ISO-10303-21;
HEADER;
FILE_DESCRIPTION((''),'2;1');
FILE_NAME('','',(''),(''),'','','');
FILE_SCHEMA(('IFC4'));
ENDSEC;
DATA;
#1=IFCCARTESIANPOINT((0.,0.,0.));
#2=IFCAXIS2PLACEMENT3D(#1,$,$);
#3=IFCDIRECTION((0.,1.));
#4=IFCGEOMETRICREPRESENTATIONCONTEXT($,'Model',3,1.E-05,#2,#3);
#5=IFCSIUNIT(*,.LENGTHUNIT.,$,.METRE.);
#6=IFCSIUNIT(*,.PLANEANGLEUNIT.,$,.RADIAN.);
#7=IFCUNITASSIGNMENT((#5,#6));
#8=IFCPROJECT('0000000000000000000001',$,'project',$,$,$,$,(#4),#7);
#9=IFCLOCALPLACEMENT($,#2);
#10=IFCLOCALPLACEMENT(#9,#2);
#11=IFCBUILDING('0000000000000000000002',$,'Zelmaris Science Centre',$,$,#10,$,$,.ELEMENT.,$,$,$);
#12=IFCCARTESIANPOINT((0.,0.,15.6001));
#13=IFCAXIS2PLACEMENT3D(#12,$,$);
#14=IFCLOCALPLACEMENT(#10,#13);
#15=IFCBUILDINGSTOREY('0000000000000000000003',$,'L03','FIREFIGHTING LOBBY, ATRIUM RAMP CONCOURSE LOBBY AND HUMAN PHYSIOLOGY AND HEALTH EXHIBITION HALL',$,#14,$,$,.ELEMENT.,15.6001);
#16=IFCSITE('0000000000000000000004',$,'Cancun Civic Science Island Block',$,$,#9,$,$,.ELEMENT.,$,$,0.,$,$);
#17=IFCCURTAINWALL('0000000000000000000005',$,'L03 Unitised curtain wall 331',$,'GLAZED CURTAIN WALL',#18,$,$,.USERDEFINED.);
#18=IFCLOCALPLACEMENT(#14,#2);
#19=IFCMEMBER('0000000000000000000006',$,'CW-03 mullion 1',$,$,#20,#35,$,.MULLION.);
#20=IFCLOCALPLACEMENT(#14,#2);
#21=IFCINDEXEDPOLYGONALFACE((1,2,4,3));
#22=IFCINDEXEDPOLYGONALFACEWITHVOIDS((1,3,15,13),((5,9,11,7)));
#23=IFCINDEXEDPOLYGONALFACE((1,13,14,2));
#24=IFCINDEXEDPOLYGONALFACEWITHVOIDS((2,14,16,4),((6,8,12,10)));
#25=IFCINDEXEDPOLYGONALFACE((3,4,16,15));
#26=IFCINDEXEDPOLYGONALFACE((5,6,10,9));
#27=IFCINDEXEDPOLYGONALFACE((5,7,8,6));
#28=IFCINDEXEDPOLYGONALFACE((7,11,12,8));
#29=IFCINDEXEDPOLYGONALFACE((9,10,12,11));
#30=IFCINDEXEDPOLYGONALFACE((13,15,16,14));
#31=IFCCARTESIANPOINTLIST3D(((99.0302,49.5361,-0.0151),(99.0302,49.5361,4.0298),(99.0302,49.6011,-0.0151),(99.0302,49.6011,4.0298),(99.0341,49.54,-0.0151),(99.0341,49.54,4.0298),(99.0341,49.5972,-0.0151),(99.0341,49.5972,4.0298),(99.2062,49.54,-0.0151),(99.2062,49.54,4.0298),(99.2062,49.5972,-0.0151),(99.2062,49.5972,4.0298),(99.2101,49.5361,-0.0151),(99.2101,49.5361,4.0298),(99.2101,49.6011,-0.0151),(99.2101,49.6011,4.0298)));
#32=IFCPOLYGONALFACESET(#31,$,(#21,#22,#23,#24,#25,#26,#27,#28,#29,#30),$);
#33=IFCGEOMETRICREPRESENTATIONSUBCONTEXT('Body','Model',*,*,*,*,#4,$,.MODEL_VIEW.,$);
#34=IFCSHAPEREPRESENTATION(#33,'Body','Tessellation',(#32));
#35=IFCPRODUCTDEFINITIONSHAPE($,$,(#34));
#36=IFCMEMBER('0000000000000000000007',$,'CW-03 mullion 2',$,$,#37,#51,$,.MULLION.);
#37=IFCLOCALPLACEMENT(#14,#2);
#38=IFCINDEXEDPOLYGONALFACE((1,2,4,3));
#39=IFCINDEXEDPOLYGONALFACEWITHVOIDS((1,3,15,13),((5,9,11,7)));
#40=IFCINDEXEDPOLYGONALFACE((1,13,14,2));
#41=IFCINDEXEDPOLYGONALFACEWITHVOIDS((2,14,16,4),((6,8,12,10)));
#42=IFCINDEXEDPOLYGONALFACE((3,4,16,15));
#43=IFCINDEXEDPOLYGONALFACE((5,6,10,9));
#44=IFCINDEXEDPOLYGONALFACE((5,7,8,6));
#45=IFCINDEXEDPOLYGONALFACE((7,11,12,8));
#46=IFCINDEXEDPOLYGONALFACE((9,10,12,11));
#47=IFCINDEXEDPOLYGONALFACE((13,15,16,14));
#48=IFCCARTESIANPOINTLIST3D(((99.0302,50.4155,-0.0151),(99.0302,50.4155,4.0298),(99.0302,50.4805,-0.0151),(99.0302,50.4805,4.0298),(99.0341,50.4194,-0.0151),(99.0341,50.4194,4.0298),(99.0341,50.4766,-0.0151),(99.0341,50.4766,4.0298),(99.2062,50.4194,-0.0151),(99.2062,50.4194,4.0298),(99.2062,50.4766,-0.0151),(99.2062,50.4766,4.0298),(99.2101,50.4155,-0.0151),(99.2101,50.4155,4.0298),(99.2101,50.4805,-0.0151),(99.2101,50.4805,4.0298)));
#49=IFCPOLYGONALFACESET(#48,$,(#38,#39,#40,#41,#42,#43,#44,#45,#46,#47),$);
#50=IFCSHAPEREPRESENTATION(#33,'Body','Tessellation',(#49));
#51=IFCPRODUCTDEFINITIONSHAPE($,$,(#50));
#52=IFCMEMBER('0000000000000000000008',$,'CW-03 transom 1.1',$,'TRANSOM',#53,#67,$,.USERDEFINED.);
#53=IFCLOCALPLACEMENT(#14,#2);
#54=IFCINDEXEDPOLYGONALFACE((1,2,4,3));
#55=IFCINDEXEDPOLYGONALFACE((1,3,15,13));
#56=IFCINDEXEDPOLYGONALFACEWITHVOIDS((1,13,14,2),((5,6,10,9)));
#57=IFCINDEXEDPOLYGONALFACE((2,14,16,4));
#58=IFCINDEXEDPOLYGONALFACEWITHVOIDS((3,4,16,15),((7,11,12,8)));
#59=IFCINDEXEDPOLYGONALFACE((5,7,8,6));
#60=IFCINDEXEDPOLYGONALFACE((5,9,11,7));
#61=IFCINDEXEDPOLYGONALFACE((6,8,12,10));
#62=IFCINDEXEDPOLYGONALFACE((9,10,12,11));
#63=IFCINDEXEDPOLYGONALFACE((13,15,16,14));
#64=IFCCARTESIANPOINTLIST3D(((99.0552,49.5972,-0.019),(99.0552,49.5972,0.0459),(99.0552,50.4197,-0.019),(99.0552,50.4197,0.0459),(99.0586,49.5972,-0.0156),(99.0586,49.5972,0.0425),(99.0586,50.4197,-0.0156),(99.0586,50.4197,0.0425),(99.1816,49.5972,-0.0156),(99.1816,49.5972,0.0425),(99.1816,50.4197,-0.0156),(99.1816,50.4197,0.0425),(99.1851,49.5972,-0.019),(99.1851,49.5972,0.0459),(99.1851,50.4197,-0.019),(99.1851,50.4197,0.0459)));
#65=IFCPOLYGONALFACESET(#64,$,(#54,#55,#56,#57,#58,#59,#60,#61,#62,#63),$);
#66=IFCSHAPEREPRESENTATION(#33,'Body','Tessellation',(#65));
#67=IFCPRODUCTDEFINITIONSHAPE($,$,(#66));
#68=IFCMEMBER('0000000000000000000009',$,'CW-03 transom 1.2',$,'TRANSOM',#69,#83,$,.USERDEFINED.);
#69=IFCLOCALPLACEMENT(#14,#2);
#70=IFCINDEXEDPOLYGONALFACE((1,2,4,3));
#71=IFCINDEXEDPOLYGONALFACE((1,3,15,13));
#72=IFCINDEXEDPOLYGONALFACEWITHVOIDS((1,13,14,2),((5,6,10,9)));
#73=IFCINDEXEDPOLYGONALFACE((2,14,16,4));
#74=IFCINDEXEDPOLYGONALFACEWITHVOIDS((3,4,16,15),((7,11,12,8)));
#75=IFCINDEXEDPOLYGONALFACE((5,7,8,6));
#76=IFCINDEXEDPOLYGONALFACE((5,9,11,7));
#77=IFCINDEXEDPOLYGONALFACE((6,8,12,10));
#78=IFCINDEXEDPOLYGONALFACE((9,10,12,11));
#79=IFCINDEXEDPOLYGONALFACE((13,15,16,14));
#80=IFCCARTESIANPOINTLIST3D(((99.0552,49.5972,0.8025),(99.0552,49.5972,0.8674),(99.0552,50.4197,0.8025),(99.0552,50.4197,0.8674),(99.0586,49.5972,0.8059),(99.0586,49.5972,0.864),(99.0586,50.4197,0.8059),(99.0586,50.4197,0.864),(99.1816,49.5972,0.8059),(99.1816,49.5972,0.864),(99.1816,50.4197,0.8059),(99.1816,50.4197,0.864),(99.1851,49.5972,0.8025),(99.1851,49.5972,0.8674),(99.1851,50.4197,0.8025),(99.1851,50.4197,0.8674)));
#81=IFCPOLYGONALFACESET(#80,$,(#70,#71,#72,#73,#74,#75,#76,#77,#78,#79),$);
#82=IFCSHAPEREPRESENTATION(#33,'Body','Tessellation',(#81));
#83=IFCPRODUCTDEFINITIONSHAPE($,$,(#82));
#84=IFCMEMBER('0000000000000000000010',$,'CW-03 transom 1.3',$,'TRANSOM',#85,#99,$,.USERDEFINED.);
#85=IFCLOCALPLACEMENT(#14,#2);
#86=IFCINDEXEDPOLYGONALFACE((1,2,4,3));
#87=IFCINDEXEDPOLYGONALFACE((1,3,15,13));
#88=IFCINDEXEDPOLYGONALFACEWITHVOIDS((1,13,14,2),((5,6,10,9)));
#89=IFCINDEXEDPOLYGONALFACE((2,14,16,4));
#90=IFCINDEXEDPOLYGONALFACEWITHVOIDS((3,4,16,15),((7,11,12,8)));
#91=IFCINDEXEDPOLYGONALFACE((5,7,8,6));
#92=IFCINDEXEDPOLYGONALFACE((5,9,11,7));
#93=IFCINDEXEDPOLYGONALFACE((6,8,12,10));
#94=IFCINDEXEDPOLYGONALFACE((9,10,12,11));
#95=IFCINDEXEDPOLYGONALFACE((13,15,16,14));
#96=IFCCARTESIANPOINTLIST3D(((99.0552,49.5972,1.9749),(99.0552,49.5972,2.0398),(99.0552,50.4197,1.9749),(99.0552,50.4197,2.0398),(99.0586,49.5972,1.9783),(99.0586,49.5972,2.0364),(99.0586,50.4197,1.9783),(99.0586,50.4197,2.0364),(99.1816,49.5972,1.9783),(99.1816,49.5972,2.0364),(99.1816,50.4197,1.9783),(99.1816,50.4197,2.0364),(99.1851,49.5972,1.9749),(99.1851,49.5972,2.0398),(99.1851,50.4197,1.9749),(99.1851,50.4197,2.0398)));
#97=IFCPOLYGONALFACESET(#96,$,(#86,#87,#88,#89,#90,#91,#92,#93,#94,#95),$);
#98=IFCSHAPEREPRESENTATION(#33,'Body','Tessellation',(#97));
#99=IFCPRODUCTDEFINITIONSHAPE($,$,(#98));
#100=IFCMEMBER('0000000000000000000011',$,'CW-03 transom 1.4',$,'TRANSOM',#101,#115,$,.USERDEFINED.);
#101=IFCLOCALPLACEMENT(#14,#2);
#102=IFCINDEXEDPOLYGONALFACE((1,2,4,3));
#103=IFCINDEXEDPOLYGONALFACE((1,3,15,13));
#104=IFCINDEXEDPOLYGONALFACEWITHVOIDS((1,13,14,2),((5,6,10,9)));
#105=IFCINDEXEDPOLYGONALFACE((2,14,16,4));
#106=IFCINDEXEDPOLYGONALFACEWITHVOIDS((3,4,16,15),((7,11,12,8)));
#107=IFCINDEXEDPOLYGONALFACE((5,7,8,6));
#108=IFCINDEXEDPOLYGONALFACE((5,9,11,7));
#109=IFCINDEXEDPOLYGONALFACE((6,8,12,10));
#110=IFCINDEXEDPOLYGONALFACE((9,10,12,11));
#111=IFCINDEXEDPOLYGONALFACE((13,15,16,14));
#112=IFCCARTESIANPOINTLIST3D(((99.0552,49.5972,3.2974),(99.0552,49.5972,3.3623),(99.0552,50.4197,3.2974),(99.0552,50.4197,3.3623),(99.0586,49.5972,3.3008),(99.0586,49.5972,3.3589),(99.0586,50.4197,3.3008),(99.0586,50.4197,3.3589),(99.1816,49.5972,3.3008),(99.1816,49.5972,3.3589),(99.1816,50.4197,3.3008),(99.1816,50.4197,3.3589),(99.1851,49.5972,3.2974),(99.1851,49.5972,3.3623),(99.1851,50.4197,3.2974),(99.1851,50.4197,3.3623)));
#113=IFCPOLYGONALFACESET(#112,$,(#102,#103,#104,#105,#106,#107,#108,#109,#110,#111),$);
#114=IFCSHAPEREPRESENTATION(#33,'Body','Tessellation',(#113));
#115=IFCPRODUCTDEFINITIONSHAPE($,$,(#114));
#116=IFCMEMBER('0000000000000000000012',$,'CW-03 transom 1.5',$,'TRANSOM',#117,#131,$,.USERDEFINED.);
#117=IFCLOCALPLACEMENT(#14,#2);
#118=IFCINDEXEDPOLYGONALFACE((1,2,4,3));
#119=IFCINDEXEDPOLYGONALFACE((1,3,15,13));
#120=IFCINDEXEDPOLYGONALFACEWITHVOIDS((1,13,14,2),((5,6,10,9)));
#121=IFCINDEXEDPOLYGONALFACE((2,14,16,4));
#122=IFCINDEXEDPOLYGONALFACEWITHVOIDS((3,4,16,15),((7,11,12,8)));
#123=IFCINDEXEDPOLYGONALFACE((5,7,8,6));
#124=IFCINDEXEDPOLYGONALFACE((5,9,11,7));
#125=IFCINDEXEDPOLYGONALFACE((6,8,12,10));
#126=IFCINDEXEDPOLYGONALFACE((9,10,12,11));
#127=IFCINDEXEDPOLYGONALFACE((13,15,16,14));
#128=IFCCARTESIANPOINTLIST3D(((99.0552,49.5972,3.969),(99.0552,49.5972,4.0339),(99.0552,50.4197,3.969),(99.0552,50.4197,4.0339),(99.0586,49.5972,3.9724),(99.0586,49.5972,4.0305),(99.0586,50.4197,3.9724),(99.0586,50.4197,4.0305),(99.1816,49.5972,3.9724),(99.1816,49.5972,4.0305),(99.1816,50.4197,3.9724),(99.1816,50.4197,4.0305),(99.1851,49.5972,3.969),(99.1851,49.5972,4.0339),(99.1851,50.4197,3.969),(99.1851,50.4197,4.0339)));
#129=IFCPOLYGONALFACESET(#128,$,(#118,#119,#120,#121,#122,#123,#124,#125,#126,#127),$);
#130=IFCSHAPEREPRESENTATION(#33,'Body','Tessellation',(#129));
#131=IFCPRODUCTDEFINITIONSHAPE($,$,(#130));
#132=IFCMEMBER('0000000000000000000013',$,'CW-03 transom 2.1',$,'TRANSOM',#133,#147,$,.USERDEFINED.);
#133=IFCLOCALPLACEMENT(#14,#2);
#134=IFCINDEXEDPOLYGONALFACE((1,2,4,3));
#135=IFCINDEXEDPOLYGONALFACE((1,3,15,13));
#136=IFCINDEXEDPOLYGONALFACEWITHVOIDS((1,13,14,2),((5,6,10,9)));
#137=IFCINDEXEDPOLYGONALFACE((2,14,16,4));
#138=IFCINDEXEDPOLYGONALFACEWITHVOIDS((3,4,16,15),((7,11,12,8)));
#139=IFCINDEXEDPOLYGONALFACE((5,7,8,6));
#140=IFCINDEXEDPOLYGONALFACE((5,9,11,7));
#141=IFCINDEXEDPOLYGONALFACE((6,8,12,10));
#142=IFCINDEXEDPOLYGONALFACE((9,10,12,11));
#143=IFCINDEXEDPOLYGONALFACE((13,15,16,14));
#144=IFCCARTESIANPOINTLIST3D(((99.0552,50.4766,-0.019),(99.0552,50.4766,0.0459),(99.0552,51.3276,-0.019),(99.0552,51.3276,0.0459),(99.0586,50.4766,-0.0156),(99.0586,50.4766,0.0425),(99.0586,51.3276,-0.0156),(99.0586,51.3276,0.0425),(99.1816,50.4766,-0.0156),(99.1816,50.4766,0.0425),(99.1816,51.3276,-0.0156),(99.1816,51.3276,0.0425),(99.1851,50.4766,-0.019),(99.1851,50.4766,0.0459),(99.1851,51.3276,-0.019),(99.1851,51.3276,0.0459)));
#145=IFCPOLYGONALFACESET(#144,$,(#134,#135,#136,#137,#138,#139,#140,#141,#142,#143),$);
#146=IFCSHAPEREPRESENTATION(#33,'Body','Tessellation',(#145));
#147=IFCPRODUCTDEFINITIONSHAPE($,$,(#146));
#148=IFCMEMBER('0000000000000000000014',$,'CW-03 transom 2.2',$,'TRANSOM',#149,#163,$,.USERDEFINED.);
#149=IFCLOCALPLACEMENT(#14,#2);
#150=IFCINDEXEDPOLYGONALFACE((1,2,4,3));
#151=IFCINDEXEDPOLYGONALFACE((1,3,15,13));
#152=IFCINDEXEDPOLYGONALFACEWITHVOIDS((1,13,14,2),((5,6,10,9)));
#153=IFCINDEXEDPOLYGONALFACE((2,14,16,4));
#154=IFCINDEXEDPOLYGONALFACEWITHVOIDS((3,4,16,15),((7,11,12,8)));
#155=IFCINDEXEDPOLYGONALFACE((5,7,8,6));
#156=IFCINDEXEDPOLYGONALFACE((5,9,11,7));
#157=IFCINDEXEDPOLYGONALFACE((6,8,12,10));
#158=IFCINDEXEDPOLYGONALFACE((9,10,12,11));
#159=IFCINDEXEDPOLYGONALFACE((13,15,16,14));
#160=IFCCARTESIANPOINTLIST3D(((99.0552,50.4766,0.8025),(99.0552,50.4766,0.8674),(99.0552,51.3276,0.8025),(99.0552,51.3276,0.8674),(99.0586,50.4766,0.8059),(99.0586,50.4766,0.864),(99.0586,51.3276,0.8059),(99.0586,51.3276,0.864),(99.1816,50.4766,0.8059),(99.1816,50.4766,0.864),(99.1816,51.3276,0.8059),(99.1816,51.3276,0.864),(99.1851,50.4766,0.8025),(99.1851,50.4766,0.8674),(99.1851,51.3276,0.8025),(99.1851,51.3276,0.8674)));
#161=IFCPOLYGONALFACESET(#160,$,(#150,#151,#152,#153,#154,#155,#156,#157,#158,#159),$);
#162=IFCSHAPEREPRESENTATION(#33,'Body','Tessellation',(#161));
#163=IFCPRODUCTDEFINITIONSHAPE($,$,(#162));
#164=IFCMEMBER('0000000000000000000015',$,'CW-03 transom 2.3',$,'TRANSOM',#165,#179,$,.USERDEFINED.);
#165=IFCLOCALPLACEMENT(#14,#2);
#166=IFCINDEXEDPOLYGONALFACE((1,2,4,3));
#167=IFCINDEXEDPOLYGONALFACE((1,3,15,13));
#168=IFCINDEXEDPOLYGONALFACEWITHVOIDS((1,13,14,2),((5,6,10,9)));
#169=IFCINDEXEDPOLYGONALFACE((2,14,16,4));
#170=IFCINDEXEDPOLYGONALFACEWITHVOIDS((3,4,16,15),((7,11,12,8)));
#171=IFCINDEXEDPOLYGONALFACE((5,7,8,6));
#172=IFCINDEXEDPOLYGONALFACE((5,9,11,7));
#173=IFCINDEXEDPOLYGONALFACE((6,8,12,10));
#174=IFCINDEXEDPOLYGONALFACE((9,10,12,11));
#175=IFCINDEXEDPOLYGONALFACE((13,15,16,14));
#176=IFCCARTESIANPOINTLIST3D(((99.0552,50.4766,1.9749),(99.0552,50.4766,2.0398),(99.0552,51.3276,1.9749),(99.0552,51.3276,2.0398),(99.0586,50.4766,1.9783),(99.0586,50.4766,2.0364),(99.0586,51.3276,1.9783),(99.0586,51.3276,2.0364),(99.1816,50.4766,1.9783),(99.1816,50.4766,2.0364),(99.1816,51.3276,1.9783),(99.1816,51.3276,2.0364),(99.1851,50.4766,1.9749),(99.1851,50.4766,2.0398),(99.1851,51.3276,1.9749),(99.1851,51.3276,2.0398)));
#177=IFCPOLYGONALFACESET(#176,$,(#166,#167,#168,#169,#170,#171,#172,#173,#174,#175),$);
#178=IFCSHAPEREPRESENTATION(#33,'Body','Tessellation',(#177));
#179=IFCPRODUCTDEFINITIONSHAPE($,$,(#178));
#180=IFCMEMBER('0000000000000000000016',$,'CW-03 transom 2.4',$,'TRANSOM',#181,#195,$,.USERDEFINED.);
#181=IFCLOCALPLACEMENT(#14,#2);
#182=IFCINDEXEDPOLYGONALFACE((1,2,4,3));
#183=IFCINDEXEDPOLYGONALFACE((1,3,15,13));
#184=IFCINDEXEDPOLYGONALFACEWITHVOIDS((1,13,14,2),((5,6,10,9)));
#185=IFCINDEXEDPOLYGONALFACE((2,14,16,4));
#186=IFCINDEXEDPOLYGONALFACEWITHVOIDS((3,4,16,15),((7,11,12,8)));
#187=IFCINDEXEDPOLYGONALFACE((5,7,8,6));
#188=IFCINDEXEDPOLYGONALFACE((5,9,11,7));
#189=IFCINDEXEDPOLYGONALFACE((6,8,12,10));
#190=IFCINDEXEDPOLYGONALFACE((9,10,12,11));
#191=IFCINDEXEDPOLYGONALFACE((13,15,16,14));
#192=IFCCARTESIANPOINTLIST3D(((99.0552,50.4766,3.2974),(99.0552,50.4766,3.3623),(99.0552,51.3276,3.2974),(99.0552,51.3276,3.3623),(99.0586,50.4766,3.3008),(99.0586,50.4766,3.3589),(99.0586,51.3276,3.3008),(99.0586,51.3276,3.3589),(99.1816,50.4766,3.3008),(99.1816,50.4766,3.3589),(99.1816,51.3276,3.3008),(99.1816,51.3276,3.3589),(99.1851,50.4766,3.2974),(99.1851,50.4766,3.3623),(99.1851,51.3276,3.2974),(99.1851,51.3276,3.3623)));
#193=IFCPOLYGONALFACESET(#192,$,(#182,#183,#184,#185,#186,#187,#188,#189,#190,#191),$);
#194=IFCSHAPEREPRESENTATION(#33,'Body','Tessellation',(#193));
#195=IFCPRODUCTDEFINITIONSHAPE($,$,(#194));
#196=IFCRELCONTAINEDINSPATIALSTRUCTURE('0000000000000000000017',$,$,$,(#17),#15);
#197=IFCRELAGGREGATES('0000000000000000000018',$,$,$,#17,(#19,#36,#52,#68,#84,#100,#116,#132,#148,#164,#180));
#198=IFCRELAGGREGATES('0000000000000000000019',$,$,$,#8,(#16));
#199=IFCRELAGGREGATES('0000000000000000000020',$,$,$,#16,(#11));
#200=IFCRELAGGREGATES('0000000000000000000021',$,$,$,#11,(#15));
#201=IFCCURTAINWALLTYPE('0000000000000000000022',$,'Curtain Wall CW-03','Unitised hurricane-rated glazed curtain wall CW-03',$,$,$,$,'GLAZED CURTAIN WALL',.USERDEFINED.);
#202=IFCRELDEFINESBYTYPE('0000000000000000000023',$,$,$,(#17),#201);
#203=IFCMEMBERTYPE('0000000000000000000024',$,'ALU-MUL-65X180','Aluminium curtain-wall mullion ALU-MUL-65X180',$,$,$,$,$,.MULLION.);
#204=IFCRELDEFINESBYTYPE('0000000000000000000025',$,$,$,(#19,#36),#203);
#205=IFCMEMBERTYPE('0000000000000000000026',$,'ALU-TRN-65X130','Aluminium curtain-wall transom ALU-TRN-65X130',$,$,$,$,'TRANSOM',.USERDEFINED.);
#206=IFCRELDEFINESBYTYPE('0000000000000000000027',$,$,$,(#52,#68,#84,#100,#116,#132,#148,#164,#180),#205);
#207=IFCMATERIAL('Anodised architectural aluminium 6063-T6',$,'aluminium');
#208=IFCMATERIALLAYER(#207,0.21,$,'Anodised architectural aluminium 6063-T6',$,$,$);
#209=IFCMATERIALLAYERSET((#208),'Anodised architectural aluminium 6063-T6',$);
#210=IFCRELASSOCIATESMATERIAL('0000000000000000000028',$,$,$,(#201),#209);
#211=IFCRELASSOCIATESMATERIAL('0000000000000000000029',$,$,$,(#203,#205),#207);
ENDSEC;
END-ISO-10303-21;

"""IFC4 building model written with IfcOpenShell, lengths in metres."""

from ifc_helpers import new_model, si_unit, direction, frame, origin, origin_2d, place, context, subcontext, project, spatial, hollow_rectangle, extrude, material, layer, layer_set, material_profile, profile_set, type_object, element, aggregate, save


model = new_model("IFC4")

# Units and contexts
model_context = context("Model", 3, precision=1e-05, world=origin(), true_north=direction((0.0, 1.0)))
body_context = subcontext(model_context, "Body", "Model", "MODEL_VIEW")
ifc_project = project(units=[si_unit("LENGTHUNIT", "METRE"), si_unit("PLANEANGLEUNIT", "RADIAN")], contexts=[model_context])

# Site, building, storey
site_placement = place(None, origin())
site = spatial("IfcSite", under=ifc_project, at=site_placement, Name="Cancun Civic Science Island Block", CompositionType="ELEMENT", RefElevation=0.0)
building_placement = place(site_placement, origin())
building = spatial("IfcBuilding", under=site, at=building_placement, Name="Zelmaris Science Centre", CompositionType="ELEMENT")
storey_placement = place(building_placement, frame((0.0, 0.0, 15.6001)))
storey = spatial("IfcBuildingStorey", under=building, at=storey_placement, Name="L03", Description="FIREFIGHTING LOBBY, ATRIUM RAMP CONCOURSE LOBBY AND HUMAN PHYSIOLOGY AND HEALTH EXHIBITION HALL", CompositionType="ELEMENT", Elevation=15.6001)

# Curtain wall, members
ifc_material_1 = material(Name="Anodised architectural aluminium 6063-T6", Category="aluminium")
ifc_layer_1 = layer(ifc_material_1, 0.21, Name="Anodised architectural aluminium 6063-T6")
ifc_layer_set_1 = layer_set([ifc_layer_1], Name="Anodised architectural aluminium 6063-T6")
curtain_wall_type = type_object("IfcCurtainWallType", Name="Curtain Wall CW-03", Description="Unitised hurricane-rated glazed curtain wall CW-03", ElementType="GLAZED CURTAIN WALL", PredefinedType="USERDEFINED", material=ifc_layer_set_1)
curtain_wall_placement = place(storey_placement, origin())
curtain_wall = element("IfcCurtainWall", 1, at=curtain_wall_placement, inside=storey, type_object=curtain_wall_type, Name="L03 Unitised curtain wall 331", ObjectType="GLAZED CURTAIN WALL", PredefinedType="USERDEFINED")
ifc_material_profile_1 = material_profile(ifc_material_1, hollow_rectangle(XDim=0.0649, YDim=0.1799, WallThickness=0.0039, at=origin_2d()), Name="ALU-MUL-65X180")
ifc_profile_set_1 = profile_set([ifc_material_profile_1], Name="Anodised architectural aluminium 6063-T6")
member_type_1 = type_object("IfcMemberType", Name="ALU-MUL-65X180", Description="Aluminium curtain-wall mullion ALU-MUL-65X180", PredefinedType="MULLION", material=ifc_profile_set_1)
member_1_placement = place(storey_placement, frame((99.1201, 49.5686, -0.0151), z_axis=(0.0, 0.0, 1.0), x_axis=(-0.000005, 1.0, 0.0)))
member_1 = element("IfcMember", 2, at=member_1_placement, type_object=member_type_1, Name="CW-03 mullion 1", PredefinedType="MULLION", context=body_context, shape_type="SweptSolid", body=[
    extrude(hollow_rectangle(XDim=0.0649, YDim=0.1799, WallThickness=0.0039, at=origin_2d()), origin(), (0.0, 0.0, 1.0), 4.0449),
])
member_2_placement = place(storey_placement, frame((99.1201, 50.448, -0.0151), z_axis=(0.0, 0.0, 1.0), x_axis=(-0.000005, 1.0, 0.0)))
member_2 = element("IfcMember", 3, at=member_2_placement, type_object=member_type_1, Name="CW-03 mullion 2", PredefinedType="MULLION", context=body_context, shape_type="SweptSolid", body=[
    extrude(hollow_rectangle(XDim=0.0649, YDim=0.1799, WallThickness=0.0039, at=origin_2d()), origin(), (0.0, 0.0, 1.0), 4.0449),
])
ifc_material_profile_2 = material_profile(ifc_material_1, hollow_rectangle(XDim=0.0649, YDim=0.1299, WallThickness=0.0034, at=origin_2d()), Name="ALU-TRN-65X130")
ifc_profile_set_2 = profile_set([ifc_material_profile_2], Name="Anodised architectural aluminium 6063-T6")
member_type_2 = type_object("IfcMemberType", Name="ALU-TRN-65X130", Description="Aluminium curtain-wall transom ALU-TRN-65X130", ElementType="TRANSOM", PredefinedType="USERDEFINED", material=ifc_profile_set_2)
member_3_placement = place(storey_placement, frame((99.1201, 49.5972, 0.0134), z_axis=(0.0, 1.0, 0.0), x_axis=(0.0, 0.0, 1.0)))
member_3 = element("IfcMember", 4, at=member_3_placement, type_object=member_type_2, Name="CW-03 transom 1.1", ObjectType="TRANSOM", PredefinedType="USERDEFINED", context=body_context, shape_type="SweptSolid", body=[
    extrude(hollow_rectangle(XDim=0.0649, YDim=0.1299, WallThickness=0.0034, at=origin_2d()), origin(), (0.0, 0.0, 1.0), 0.8225),
])
member_4_placement = place(storey_placement, frame((99.1201, 49.5972, 0.835), z_axis=(0.0, 1.0, 0.0), x_axis=(0.0, 0.0, 1.0)))
member_4 = element("IfcMember", 5, at=member_4_placement, type_object=member_type_2, Name="CW-03 transom 1.2", ObjectType="TRANSOM", PredefinedType="USERDEFINED", context=body_context, shape_type="SweptSolid", body=[
    extrude(hollow_rectangle(XDim=0.0649, YDim=0.1299, WallThickness=0.0034, at=origin_2d()), origin(), (0.0, 0.0, 1.0), 0.8225),
])
member_5_placement = place(storey_placement, frame((99.1201, 49.5972, 2.0073), z_axis=(0.0, 1.0, 0.0), x_axis=(0.0, 0.0, 1.0)))
member_5 = element("IfcMember", 6, at=member_5_placement, type_object=member_type_2, Name="CW-03 transom 1.3", ObjectType="TRANSOM", PredefinedType="USERDEFINED", context=body_context, shape_type="SweptSolid", body=[
    extrude(hollow_rectangle(XDim=0.0649, YDim=0.1299, WallThickness=0.0034, at=origin_2d()), origin(), (0.0, 0.0, 1.0), 0.8225),
])
member_6_placement = place(storey_placement, frame((99.1201, 49.5972, 3.3298), z_axis=(0.0, 1.0, 0.0), x_axis=(0.0, 0.0, 1.0)))
member_6 = element("IfcMember", 7, at=member_6_placement, type_object=member_type_2, Name="CW-03 transom 1.4", ObjectType="TRANSOM", PredefinedType="USERDEFINED", context=body_context, shape_type="SweptSolid", body=[
    extrude(hollow_rectangle(XDim=0.0649, YDim=0.1299, WallThickness=0.0034, at=origin_2d()), origin(), (0.0, 0.0, 1.0), 0.8225),
])
member_7_placement = place(storey_placement, frame((99.1201, 49.5972, 4.0015), z_axis=(0.0, 1.0, 0.0), x_axis=(0.0, 0.0, 1.0)))
member_7 = element("IfcMember", 8, at=member_7_placement, type_object=member_type_2, Name="CW-03 transom 1.5", ObjectType="TRANSOM", PredefinedType="USERDEFINED", context=body_context, shape_type="SweptSolid", body=[
    extrude(hollow_rectangle(XDim=0.0649, YDim=0.1299, WallThickness=0.0034, at=origin_2d()), origin(), (0.0, 0.0, 1.0), 0.8225),
])
member_8_placement = place(storey_placement, frame((99.1201, 50.4766, 0.0134), z_axis=(0.0, 1.0, 0.0), x_axis=(0.0, 0.0, 1.0)))
member_8 = element("IfcMember", 9, at=member_8_placement, type_object=member_type_2, Name="CW-03 transom 2.1", ObjectType="TRANSOM", PredefinedType="USERDEFINED", context=body_context, shape_type="SweptSolid", body=[
    extrude(hollow_rectangle(XDim=0.0649, YDim=0.1299, WallThickness=0.0034, at=origin_2d()), origin(), (0.0, 0.0, 1.0), 0.8511),
])
member_9_placement = place(storey_placement, frame((99.1201, 50.4766, 0.835), z_axis=(0.0, 1.0, 0.0), x_axis=(0.0, 0.0, 1.0)))
member_9 = element("IfcMember", 10, at=member_9_placement, type_object=member_type_2, Name="CW-03 transom 2.2", ObjectType="TRANSOM", PredefinedType="USERDEFINED", context=body_context, shape_type="SweptSolid", body=[
    extrude(hollow_rectangle(XDim=0.0649, YDim=0.1299, WallThickness=0.0034, at=origin_2d()), origin(), (0.0, 0.0, 1.0), 0.8511),
])
member_10_placement = place(storey_placement, frame((99.1201, 50.4766, 2.0073), z_axis=(0.0, 1.0, 0.0), x_axis=(0.0, 0.0, 1.0)))
member_10 = element("IfcMember", 11, at=member_10_placement, type_object=member_type_2, Name="CW-03 transom 2.3", ObjectType="TRANSOM", PredefinedType="USERDEFINED", context=body_context, shape_type="SweptSolid", body=[
    extrude(hollow_rectangle(XDim=0.0649, YDim=0.1299, WallThickness=0.0034, at=origin_2d()), origin(), (0.0, 0.0, 1.0), 0.8511),
])
member_11_placement = place(storey_placement, frame((99.1201, 50.4766, 3.3298), z_axis=(0.0, 1.0, 0.0), x_axis=(0.0, 0.0, 1.0)))
member_11 = element("IfcMember", 12, at=member_11_placement, type_object=member_type_2, Name="CW-03 transom 2.4", ObjectType="TRANSOM", PredefinedType="USERDEFINED", context=body_context, shape_type="SweptSolid", body=[
    extrude(hollow_rectangle(XDim=0.0649, YDim=0.1299, WallThickness=0.0034, at=origin_2d()), origin(), (0.0, 0.0, 1.0), 0.8511),
])
aggregate(curtain_wall, [member_1, member_2, member_3, member_4, member_5, member_6, member_7, member_8, member_9, member_10, member_11])

save(model, "model.ifc")
